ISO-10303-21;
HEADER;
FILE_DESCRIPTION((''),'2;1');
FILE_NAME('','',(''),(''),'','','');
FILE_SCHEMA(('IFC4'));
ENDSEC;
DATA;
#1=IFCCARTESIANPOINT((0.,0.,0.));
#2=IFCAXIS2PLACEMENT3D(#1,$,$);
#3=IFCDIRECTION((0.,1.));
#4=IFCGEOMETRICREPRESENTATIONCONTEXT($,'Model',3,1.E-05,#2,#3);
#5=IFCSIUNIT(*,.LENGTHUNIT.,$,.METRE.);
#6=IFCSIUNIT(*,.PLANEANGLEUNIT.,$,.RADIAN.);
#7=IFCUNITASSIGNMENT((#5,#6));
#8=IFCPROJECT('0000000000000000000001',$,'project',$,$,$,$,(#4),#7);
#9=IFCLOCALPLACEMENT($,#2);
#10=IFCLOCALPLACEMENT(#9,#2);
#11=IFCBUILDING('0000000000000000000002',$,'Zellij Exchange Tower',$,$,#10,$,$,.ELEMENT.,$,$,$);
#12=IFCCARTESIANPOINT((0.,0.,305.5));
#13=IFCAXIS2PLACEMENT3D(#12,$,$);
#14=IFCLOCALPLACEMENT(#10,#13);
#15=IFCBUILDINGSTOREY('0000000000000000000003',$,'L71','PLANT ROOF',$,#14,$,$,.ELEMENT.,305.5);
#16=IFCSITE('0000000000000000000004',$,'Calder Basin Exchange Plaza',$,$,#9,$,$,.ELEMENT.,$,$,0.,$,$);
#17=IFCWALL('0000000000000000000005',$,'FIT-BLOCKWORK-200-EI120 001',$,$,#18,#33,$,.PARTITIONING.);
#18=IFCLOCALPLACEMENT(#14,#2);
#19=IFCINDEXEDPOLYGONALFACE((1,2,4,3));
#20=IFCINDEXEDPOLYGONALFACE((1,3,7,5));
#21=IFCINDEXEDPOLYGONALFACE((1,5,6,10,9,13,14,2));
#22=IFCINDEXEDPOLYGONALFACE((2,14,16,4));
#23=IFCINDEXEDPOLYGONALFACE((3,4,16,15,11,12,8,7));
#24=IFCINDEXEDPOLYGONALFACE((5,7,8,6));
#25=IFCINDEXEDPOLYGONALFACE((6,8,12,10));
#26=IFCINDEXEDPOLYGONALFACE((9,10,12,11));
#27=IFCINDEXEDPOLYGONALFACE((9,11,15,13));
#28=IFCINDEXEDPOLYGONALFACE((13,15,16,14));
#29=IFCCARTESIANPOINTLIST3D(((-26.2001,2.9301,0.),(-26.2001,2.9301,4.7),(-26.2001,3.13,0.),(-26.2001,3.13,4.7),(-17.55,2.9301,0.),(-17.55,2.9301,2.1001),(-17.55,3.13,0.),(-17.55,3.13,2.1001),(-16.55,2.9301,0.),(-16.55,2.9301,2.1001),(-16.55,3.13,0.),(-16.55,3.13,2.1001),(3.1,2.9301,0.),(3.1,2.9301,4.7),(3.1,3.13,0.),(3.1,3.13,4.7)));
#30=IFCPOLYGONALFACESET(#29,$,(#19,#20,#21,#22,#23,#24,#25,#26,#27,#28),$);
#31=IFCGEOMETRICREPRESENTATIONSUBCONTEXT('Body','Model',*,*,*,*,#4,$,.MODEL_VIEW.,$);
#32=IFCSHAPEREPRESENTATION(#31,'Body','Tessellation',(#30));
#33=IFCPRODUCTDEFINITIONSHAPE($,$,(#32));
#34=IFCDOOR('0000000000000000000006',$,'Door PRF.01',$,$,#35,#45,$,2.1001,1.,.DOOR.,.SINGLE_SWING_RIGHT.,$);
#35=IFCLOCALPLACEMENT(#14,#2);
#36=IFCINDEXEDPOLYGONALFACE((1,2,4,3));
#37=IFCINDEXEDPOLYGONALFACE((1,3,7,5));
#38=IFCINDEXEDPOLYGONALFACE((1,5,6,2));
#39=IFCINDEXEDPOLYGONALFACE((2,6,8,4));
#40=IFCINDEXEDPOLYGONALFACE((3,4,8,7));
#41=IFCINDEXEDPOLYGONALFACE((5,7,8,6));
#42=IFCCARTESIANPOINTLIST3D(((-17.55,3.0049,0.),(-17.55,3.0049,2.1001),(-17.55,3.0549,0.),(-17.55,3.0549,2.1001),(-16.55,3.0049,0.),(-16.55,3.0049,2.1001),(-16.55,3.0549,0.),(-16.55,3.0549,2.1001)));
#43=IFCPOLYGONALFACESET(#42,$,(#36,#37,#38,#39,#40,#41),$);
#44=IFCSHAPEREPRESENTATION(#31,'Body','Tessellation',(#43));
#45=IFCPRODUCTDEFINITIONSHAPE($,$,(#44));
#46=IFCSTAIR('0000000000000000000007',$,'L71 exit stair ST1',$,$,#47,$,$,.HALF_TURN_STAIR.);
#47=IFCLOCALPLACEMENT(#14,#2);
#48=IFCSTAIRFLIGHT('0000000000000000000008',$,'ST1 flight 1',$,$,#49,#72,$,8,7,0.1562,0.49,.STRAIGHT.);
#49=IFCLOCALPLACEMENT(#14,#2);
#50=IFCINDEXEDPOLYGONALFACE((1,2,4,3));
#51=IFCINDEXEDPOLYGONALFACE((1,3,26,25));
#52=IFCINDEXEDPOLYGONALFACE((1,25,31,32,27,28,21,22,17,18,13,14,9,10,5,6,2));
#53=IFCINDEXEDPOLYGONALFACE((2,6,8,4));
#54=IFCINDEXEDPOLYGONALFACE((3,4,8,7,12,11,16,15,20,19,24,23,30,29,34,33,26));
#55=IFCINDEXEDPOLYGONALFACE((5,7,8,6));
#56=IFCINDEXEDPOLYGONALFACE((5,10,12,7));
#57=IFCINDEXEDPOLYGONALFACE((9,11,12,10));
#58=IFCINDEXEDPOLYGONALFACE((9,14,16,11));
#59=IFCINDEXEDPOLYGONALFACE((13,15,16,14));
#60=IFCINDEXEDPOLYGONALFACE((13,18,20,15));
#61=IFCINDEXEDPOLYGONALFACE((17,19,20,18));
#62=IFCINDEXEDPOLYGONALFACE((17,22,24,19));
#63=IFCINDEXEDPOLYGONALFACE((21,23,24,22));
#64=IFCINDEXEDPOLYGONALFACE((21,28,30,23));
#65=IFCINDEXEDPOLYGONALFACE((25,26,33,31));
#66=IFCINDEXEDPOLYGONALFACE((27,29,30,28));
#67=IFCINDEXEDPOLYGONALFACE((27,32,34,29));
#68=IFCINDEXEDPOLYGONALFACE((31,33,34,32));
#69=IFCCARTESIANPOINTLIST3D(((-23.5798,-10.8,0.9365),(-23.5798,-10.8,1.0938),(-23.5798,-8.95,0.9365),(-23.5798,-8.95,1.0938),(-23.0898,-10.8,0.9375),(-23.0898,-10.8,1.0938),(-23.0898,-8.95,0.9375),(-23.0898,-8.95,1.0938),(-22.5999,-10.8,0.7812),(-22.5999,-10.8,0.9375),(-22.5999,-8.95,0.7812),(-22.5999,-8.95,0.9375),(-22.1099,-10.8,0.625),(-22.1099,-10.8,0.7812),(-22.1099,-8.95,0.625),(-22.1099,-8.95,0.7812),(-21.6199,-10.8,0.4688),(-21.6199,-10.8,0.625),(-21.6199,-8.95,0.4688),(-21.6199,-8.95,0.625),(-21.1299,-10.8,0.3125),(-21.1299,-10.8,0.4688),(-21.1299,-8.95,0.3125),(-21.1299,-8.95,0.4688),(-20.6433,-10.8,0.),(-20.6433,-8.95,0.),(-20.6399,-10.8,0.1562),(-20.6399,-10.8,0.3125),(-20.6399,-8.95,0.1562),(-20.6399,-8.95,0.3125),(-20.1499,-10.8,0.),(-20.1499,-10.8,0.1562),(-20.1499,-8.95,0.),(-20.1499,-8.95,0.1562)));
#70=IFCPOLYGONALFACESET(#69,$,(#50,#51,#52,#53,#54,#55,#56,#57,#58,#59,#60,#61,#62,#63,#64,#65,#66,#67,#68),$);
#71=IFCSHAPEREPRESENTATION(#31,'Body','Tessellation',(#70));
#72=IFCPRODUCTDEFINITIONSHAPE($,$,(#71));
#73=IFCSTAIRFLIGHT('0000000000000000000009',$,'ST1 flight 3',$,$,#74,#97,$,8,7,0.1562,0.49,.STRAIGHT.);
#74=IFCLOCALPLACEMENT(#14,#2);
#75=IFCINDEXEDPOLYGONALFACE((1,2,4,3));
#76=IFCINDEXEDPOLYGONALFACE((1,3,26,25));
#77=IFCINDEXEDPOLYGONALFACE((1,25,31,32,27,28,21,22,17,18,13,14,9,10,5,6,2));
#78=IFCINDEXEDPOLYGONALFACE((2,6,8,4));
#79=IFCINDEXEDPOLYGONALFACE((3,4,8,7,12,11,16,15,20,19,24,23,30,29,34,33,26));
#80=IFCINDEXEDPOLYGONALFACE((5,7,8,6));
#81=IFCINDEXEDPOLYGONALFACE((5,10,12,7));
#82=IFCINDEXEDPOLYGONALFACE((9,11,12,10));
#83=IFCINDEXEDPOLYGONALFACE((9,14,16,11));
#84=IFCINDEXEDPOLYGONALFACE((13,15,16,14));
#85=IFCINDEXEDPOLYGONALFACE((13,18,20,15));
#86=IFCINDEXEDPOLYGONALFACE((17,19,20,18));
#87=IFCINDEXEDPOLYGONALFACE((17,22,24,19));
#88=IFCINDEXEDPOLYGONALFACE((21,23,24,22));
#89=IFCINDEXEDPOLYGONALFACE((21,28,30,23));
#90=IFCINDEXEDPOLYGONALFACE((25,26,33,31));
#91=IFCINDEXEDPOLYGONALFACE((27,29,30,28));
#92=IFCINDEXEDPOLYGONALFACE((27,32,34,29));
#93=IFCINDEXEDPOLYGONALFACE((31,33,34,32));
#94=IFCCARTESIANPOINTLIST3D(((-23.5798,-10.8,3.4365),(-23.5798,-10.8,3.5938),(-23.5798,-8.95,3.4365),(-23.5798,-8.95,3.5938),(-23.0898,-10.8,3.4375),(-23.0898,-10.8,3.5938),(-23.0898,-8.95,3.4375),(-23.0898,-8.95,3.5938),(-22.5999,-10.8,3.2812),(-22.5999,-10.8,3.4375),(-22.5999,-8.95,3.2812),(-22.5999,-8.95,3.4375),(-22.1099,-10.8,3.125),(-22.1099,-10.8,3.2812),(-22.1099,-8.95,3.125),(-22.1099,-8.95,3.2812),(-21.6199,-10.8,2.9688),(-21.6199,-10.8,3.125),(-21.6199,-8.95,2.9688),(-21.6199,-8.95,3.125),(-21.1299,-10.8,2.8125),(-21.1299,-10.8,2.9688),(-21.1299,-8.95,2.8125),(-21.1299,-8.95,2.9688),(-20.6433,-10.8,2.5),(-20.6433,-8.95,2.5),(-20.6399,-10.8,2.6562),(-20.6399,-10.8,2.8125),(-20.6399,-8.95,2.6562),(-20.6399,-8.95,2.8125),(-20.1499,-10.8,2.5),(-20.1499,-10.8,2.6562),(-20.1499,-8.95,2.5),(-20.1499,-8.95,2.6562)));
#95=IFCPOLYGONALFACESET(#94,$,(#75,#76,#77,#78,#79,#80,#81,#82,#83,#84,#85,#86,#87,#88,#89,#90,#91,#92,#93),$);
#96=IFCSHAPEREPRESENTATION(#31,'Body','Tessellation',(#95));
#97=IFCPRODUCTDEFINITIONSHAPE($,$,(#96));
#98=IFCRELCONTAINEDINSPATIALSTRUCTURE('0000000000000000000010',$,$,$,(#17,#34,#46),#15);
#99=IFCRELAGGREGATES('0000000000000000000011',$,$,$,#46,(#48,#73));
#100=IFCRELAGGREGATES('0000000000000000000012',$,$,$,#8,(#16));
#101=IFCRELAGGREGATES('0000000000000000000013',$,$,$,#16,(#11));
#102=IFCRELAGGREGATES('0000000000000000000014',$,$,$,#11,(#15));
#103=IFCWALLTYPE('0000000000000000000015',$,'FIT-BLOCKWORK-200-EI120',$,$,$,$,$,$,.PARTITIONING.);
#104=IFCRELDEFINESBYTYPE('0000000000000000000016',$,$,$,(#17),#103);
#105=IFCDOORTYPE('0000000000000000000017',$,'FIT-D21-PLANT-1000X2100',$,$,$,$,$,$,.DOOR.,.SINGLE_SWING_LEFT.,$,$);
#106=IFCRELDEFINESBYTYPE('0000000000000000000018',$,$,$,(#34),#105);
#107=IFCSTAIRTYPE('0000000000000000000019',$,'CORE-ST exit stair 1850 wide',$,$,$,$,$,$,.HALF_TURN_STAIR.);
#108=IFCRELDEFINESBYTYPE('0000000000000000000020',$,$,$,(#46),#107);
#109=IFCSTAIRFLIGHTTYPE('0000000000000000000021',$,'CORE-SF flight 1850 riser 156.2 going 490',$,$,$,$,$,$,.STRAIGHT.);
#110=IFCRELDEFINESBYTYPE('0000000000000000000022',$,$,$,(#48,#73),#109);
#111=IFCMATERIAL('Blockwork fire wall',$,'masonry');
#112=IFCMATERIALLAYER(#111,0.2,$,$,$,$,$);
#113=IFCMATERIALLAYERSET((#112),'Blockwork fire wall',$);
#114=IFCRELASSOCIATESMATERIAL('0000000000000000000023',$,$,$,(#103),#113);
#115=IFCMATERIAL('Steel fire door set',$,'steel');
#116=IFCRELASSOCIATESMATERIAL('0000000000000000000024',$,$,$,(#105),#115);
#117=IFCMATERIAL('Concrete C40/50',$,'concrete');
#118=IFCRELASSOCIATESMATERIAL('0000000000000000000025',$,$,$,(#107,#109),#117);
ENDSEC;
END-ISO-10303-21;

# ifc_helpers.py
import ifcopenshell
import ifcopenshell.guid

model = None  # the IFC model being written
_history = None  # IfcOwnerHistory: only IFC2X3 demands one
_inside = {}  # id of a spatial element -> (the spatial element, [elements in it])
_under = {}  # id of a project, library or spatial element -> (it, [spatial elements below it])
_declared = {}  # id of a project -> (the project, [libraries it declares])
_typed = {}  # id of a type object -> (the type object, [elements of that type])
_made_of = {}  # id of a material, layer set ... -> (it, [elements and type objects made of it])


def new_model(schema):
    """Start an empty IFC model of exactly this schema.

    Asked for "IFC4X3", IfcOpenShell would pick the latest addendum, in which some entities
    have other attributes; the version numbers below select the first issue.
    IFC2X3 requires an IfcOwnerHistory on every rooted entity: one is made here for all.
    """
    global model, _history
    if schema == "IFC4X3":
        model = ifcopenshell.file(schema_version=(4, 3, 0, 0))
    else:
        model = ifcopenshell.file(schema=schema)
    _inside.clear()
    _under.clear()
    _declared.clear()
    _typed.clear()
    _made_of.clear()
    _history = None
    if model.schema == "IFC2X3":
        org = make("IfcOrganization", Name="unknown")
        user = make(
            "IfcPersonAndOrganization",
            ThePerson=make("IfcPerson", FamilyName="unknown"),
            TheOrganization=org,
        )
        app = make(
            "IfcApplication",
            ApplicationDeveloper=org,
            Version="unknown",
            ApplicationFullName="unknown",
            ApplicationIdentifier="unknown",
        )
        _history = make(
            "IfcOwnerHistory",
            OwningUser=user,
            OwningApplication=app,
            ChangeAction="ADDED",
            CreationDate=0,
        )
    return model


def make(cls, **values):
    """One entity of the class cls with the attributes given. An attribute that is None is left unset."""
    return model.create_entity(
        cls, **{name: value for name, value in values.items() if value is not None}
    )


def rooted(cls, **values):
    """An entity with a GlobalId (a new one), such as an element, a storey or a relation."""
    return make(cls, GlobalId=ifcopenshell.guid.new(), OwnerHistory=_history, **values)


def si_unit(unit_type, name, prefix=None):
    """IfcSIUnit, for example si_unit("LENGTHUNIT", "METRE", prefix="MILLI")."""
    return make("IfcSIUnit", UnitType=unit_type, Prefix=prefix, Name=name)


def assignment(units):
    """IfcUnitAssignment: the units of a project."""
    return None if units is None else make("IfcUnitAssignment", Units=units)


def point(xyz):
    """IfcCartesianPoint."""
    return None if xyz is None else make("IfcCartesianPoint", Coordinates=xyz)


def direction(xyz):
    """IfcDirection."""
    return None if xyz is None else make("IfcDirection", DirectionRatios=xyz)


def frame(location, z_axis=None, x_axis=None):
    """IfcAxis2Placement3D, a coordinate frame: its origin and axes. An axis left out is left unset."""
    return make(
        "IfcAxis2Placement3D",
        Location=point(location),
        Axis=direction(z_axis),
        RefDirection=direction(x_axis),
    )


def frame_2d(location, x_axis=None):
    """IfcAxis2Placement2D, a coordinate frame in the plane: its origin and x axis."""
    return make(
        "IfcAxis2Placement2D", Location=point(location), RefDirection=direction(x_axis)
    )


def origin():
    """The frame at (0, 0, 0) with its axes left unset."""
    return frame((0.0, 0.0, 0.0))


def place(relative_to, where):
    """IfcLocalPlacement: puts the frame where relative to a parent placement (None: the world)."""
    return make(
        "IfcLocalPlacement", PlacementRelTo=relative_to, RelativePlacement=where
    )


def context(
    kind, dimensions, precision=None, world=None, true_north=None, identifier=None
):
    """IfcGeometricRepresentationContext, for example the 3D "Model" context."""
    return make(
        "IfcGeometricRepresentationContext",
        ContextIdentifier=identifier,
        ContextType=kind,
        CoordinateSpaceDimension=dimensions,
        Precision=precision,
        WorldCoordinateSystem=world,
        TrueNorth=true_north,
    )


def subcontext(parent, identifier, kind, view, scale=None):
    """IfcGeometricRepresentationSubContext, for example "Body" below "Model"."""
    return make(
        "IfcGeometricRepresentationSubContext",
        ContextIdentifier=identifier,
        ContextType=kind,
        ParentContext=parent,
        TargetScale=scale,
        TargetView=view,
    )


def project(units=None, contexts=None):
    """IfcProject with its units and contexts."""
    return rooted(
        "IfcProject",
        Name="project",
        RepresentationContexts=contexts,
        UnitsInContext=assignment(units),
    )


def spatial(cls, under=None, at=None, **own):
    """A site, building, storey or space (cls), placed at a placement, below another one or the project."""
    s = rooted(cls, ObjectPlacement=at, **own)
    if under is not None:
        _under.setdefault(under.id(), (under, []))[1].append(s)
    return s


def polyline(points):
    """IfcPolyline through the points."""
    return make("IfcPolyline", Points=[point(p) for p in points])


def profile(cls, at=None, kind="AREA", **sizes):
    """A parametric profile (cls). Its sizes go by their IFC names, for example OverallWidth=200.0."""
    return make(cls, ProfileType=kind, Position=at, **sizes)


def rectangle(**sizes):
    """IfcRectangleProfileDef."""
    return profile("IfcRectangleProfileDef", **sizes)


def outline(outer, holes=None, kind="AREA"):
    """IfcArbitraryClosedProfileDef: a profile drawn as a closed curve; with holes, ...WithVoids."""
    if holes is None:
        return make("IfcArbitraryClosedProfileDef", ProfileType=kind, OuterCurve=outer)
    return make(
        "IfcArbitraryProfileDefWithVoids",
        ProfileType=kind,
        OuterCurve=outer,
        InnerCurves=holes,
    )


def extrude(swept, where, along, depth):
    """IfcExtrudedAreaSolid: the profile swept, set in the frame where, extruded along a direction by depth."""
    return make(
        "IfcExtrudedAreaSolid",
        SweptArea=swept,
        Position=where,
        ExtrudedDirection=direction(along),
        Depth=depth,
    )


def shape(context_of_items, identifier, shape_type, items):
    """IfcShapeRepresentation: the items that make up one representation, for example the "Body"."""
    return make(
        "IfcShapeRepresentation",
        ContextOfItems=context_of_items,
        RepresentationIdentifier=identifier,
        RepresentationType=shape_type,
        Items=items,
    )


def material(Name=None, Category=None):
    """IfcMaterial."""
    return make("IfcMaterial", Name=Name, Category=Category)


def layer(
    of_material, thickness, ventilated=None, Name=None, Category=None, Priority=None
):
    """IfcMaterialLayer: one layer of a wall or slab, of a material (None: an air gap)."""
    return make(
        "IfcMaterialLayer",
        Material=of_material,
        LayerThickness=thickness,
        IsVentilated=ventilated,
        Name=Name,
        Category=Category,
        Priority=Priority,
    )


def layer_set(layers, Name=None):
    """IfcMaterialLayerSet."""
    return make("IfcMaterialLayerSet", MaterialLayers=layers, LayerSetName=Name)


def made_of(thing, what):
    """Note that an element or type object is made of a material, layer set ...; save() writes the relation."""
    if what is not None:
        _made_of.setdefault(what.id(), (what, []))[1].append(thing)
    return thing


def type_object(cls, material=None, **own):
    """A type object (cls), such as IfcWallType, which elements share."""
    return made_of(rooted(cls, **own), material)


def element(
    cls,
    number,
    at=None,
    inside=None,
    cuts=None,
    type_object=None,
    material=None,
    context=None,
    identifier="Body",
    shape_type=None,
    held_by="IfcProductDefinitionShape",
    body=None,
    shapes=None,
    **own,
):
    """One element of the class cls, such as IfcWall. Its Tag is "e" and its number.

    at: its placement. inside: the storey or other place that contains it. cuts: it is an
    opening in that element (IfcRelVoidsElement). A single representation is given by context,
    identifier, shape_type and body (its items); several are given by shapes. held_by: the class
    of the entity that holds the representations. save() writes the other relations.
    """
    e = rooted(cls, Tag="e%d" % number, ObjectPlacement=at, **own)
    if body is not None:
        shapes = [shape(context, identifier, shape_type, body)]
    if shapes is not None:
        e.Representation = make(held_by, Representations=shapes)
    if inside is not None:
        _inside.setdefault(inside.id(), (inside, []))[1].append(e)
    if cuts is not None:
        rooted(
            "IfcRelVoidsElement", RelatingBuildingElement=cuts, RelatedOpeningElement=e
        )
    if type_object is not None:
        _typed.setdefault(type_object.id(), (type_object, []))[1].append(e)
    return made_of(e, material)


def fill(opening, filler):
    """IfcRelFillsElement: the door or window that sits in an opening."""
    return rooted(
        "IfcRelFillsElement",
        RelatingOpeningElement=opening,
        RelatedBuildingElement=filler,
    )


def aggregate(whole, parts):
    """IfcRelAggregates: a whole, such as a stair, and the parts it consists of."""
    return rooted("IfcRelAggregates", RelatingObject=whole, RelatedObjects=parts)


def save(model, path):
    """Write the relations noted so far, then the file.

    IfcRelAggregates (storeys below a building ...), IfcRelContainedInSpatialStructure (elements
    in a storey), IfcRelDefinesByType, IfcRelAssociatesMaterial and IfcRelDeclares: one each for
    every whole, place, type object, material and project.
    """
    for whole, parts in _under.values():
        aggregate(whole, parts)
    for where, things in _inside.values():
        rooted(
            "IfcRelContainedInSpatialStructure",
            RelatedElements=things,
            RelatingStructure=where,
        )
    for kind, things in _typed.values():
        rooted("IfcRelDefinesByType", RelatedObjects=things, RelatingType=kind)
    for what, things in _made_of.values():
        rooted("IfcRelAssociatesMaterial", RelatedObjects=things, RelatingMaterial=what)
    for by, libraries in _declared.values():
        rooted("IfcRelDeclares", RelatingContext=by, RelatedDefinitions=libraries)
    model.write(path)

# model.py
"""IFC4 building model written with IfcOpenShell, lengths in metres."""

from ifc_helpers import new_model, si_unit, direction, frame, frame_2d, origin, place, context, subcontext, project, spatial, polyline, rectangle, outline, extrude, material, layer, layer_set, type_object, element, fill, aggregate, save


model = new_model("IFC4")

# Units and contexts
model_context = context("Model", 3, precision=1e-05, world=origin(), true_north=direction((0.0, 1.0)))
body_context = subcontext(model_context, "Body", "Model", "MODEL_VIEW")
ifc_project = project(units=[si_unit("LENGTHUNIT", "METRE"), si_unit("PLANEANGLEUNIT", "RADIAN")], contexts=[model_context])

# Site, building, storey
site_placement = place(None, origin())
site = spatial("IfcSite", under=ifc_project, at=site_placement, Name="Calder Basin Exchange Plaza", CompositionType="ELEMENT", RefElevation=0.0)
building_placement = place(site_placement, origin())
building = spatial("IfcBuilding", under=site, at=building_placement, Name="Zellij Exchange Tower", CompositionType="ELEMENT")
storey_placement = place(building_placement, frame((0.0, 0.0, 305.5)))
storey = spatial("IfcBuildingStorey", under=building, at=storey_placement, Name="L71", Description="PLANT ROOF", CompositionType="ELEMENT", Elevation=305.5)

# Shared definitions
ifc_material_1 = material(Name="Concrete C40/50", Category="concrete")

# Wall, opening, door
ifc_material_2 = material(Name="Blockwork fire wall", Category="masonry")
ifc_layer_1 = layer(ifc_material_2, 0.2)
ifc_layer_set_1 = layer_set([ifc_layer_1], Name="Blockwork fire wall")
wall_type_1 = type_object("IfcWallType", Name="FIT-BLOCKWORK-200-EI120", PredefinedType="PARTITIONING", material=ifc_layer_set_1)
wall_1_placement = place(storey_placement, frame((-26.2, 3.03, 0.0), z_axis=(0.0, 0.0, 1.0), x_axis=(1.0, 0.0, 0.0)))
wall_1 = element("IfcWall", 1, at=wall_1_placement, inside=storey, type_object=wall_type_1, Name="FIT-BLOCKWORK-200-EI120 001", PredefinedType="PARTITIONING", context=body_context, shape_type="SweptSolid", body=[
    extrude(rectangle(XDim=29.3, YDim=0.2, at=frame_2d((14.6499, 0.0))), origin(), (0.0, 0.0, 1.0), 4.7),
])
opening_1_placement = place(wall_1_placement, frame((8.6499, 0.0, 0.0)))
opening_1 = element("IfcOpeningElement", 2, at=opening_1_placement, cuts=wall_1, PredefinedType="OPENING", context=body_context, shape_type="SweptSolid", body=[
    extrude(rectangle(XDim=1.0, YDim=2.1001, at=frame_2d((0.5, 1.05))), frame((0.0, 0.1118, 0.0), z_axis=(0.0, -1.0, 0.0), x_axis=(1.0, 0.0, 0.0)), (0.0, 0.0, 1.0), 0.2239),
])
ifc_material_3 = material(Name="Steel fire door set", Category="steel")
door_type_1 = type_object("IfcDoorType", Name="FIT-D21-PLANT-1000X2100", OperationType="SINGLE_SWING_LEFT", PredefinedType="DOOR", material=ifc_material_3)
door_1_placement = place(opening_1_placement, origin())
door_1 = element("IfcDoor", 3, at=door_1_placement, inside=storey, type_object=door_type_1, Name="Door PRF.01", OperationType="SINGLE_SWING_RIGHT", OverallHeight=2.1001, OverallWidth=1.0, PredefinedType="DOOR", context=body_context, shape_type="SweptSolid", body=[
    extrude(rectangle(XDim=1.0, YDim=2.1001, at=frame_2d((0.5, 1.05))), frame((0.0, 0.0249, 0.0), z_axis=(0.0, -1.0, 0.0), x_axis=(1.0, 0.0, 0.0)), (0.0, 0.0, 1.0), 0.05),
])
fill(opening_1, door_1)

# Stair, stair flights
stair_type = type_object("IfcStairType", Name="CORE-ST exit stair 1850 wide", PredefinedType="HALF_TURN_STAIR", material=ifc_material_1)
stair_placement = place(storey_placement, origin())
stair = element("IfcStair", 4, at=stair_placement, inside=storey, type_object=stair_type, Name="L71 exit stair ST1", PredefinedType="HALF_TURN_STAIR")
stair_flight_type = type_object("IfcStairFlightType", Name="CORE-SF flight 1850 riser 156.2 going 490", PredefinedType="STRAIGHT", material=ifc_material_1)
stair_flight_1_placement = place(storey_placement, frame((-20.1499, -9.875, 0.0), z_axis=(0.0, 0.0, 1.0), x_axis=(-1.0, 0.0, 0.0)))
stair_flight_1 = element("IfcStairFlight", 5, at=stair_flight_1_placement, type_object=stair_flight_type, Name="ST1 flight 1", NumberOfRisers=8, NumberOfTreads=7, PredefinedType="STRAIGHT", RiserHeight=0.1562, TreadLength=0.49, context=body_context, shape_type="SweptSolid", body=[
    extrude(outline(polyline([(0.0, 0.0), (0.0, 0.1562), (0.49, 0.1562), (0.49, 0.3125), (0.98, 0.3125), (0.98, 0.4688), (1.47, 0.4688), (1.47, 0.625), (1.96, 0.625), (1.96, 0.7812), (2.45, 0.7812), (2.45, 0.9375), (2.9399, 0.9375), (2.9399, 1.0938), (3.4299, 1.0938), (3.4299, 1.25), (3.4299, 0.9365), (0.4934, 0.0), (0.0, 0.0)])), frame((0.0, 0.925, 0.0), z_axis=(0.0, -1.0, 0.0), x_axis=(1.0, 0.0, 0.0)), (0.0, 0.0, 1.0), 1.8501),
])
stair_flight_2_placement = place(storey_placement, frame((-20.1499, -9.875, 2.5), z_axis=(0.0, 0.0, 1.0), x_axis=(-1.0, 0.0, 0.0)))
stair_flight_2 = element("IfcStairFlight", 6, at=stair_flight_2_placement, type_object=stair_flight_type, Name="ST1 flight 3", NumberOfRisers=8, NumberOfTreads=7, PredefinedType="STRAIGHT", RiserHeight=0.1562, TreadLength=0.49, context=body_context, shape_type="SweptSolid", body=[
    extrude(outline(polyline([(0.0, 0.0), (0.0, 0.1562), (0.49, 0.1562), (0.49, 0.3125), (0.98, 0.3125), (0.98, 0.4688), (1.47, 0.4688), (1.47, 0.625), (1.96, 0.625), (1.96, 0.7812), (2.45, 0.7812), (2.45, 0.9375), (2.9399, 0.9375), (2.9399, 1.0938), (3.4299, 1.0938), (3.4299, 1.25), (3.4299, 0.9365), (0.4934, 0.0), (0.0, 0.0)])), frame((0.0, 0.925, 0.0), z_axis=(0.0, -1.0, 0.0), x_axis=(1.0, 0.0, 0.0)), (0.0, 0.0, 1.0), 1.8501),
])
aggregate(stair, [stair_flight_1, stair_flight_2])

save(model, "model.ifc")
